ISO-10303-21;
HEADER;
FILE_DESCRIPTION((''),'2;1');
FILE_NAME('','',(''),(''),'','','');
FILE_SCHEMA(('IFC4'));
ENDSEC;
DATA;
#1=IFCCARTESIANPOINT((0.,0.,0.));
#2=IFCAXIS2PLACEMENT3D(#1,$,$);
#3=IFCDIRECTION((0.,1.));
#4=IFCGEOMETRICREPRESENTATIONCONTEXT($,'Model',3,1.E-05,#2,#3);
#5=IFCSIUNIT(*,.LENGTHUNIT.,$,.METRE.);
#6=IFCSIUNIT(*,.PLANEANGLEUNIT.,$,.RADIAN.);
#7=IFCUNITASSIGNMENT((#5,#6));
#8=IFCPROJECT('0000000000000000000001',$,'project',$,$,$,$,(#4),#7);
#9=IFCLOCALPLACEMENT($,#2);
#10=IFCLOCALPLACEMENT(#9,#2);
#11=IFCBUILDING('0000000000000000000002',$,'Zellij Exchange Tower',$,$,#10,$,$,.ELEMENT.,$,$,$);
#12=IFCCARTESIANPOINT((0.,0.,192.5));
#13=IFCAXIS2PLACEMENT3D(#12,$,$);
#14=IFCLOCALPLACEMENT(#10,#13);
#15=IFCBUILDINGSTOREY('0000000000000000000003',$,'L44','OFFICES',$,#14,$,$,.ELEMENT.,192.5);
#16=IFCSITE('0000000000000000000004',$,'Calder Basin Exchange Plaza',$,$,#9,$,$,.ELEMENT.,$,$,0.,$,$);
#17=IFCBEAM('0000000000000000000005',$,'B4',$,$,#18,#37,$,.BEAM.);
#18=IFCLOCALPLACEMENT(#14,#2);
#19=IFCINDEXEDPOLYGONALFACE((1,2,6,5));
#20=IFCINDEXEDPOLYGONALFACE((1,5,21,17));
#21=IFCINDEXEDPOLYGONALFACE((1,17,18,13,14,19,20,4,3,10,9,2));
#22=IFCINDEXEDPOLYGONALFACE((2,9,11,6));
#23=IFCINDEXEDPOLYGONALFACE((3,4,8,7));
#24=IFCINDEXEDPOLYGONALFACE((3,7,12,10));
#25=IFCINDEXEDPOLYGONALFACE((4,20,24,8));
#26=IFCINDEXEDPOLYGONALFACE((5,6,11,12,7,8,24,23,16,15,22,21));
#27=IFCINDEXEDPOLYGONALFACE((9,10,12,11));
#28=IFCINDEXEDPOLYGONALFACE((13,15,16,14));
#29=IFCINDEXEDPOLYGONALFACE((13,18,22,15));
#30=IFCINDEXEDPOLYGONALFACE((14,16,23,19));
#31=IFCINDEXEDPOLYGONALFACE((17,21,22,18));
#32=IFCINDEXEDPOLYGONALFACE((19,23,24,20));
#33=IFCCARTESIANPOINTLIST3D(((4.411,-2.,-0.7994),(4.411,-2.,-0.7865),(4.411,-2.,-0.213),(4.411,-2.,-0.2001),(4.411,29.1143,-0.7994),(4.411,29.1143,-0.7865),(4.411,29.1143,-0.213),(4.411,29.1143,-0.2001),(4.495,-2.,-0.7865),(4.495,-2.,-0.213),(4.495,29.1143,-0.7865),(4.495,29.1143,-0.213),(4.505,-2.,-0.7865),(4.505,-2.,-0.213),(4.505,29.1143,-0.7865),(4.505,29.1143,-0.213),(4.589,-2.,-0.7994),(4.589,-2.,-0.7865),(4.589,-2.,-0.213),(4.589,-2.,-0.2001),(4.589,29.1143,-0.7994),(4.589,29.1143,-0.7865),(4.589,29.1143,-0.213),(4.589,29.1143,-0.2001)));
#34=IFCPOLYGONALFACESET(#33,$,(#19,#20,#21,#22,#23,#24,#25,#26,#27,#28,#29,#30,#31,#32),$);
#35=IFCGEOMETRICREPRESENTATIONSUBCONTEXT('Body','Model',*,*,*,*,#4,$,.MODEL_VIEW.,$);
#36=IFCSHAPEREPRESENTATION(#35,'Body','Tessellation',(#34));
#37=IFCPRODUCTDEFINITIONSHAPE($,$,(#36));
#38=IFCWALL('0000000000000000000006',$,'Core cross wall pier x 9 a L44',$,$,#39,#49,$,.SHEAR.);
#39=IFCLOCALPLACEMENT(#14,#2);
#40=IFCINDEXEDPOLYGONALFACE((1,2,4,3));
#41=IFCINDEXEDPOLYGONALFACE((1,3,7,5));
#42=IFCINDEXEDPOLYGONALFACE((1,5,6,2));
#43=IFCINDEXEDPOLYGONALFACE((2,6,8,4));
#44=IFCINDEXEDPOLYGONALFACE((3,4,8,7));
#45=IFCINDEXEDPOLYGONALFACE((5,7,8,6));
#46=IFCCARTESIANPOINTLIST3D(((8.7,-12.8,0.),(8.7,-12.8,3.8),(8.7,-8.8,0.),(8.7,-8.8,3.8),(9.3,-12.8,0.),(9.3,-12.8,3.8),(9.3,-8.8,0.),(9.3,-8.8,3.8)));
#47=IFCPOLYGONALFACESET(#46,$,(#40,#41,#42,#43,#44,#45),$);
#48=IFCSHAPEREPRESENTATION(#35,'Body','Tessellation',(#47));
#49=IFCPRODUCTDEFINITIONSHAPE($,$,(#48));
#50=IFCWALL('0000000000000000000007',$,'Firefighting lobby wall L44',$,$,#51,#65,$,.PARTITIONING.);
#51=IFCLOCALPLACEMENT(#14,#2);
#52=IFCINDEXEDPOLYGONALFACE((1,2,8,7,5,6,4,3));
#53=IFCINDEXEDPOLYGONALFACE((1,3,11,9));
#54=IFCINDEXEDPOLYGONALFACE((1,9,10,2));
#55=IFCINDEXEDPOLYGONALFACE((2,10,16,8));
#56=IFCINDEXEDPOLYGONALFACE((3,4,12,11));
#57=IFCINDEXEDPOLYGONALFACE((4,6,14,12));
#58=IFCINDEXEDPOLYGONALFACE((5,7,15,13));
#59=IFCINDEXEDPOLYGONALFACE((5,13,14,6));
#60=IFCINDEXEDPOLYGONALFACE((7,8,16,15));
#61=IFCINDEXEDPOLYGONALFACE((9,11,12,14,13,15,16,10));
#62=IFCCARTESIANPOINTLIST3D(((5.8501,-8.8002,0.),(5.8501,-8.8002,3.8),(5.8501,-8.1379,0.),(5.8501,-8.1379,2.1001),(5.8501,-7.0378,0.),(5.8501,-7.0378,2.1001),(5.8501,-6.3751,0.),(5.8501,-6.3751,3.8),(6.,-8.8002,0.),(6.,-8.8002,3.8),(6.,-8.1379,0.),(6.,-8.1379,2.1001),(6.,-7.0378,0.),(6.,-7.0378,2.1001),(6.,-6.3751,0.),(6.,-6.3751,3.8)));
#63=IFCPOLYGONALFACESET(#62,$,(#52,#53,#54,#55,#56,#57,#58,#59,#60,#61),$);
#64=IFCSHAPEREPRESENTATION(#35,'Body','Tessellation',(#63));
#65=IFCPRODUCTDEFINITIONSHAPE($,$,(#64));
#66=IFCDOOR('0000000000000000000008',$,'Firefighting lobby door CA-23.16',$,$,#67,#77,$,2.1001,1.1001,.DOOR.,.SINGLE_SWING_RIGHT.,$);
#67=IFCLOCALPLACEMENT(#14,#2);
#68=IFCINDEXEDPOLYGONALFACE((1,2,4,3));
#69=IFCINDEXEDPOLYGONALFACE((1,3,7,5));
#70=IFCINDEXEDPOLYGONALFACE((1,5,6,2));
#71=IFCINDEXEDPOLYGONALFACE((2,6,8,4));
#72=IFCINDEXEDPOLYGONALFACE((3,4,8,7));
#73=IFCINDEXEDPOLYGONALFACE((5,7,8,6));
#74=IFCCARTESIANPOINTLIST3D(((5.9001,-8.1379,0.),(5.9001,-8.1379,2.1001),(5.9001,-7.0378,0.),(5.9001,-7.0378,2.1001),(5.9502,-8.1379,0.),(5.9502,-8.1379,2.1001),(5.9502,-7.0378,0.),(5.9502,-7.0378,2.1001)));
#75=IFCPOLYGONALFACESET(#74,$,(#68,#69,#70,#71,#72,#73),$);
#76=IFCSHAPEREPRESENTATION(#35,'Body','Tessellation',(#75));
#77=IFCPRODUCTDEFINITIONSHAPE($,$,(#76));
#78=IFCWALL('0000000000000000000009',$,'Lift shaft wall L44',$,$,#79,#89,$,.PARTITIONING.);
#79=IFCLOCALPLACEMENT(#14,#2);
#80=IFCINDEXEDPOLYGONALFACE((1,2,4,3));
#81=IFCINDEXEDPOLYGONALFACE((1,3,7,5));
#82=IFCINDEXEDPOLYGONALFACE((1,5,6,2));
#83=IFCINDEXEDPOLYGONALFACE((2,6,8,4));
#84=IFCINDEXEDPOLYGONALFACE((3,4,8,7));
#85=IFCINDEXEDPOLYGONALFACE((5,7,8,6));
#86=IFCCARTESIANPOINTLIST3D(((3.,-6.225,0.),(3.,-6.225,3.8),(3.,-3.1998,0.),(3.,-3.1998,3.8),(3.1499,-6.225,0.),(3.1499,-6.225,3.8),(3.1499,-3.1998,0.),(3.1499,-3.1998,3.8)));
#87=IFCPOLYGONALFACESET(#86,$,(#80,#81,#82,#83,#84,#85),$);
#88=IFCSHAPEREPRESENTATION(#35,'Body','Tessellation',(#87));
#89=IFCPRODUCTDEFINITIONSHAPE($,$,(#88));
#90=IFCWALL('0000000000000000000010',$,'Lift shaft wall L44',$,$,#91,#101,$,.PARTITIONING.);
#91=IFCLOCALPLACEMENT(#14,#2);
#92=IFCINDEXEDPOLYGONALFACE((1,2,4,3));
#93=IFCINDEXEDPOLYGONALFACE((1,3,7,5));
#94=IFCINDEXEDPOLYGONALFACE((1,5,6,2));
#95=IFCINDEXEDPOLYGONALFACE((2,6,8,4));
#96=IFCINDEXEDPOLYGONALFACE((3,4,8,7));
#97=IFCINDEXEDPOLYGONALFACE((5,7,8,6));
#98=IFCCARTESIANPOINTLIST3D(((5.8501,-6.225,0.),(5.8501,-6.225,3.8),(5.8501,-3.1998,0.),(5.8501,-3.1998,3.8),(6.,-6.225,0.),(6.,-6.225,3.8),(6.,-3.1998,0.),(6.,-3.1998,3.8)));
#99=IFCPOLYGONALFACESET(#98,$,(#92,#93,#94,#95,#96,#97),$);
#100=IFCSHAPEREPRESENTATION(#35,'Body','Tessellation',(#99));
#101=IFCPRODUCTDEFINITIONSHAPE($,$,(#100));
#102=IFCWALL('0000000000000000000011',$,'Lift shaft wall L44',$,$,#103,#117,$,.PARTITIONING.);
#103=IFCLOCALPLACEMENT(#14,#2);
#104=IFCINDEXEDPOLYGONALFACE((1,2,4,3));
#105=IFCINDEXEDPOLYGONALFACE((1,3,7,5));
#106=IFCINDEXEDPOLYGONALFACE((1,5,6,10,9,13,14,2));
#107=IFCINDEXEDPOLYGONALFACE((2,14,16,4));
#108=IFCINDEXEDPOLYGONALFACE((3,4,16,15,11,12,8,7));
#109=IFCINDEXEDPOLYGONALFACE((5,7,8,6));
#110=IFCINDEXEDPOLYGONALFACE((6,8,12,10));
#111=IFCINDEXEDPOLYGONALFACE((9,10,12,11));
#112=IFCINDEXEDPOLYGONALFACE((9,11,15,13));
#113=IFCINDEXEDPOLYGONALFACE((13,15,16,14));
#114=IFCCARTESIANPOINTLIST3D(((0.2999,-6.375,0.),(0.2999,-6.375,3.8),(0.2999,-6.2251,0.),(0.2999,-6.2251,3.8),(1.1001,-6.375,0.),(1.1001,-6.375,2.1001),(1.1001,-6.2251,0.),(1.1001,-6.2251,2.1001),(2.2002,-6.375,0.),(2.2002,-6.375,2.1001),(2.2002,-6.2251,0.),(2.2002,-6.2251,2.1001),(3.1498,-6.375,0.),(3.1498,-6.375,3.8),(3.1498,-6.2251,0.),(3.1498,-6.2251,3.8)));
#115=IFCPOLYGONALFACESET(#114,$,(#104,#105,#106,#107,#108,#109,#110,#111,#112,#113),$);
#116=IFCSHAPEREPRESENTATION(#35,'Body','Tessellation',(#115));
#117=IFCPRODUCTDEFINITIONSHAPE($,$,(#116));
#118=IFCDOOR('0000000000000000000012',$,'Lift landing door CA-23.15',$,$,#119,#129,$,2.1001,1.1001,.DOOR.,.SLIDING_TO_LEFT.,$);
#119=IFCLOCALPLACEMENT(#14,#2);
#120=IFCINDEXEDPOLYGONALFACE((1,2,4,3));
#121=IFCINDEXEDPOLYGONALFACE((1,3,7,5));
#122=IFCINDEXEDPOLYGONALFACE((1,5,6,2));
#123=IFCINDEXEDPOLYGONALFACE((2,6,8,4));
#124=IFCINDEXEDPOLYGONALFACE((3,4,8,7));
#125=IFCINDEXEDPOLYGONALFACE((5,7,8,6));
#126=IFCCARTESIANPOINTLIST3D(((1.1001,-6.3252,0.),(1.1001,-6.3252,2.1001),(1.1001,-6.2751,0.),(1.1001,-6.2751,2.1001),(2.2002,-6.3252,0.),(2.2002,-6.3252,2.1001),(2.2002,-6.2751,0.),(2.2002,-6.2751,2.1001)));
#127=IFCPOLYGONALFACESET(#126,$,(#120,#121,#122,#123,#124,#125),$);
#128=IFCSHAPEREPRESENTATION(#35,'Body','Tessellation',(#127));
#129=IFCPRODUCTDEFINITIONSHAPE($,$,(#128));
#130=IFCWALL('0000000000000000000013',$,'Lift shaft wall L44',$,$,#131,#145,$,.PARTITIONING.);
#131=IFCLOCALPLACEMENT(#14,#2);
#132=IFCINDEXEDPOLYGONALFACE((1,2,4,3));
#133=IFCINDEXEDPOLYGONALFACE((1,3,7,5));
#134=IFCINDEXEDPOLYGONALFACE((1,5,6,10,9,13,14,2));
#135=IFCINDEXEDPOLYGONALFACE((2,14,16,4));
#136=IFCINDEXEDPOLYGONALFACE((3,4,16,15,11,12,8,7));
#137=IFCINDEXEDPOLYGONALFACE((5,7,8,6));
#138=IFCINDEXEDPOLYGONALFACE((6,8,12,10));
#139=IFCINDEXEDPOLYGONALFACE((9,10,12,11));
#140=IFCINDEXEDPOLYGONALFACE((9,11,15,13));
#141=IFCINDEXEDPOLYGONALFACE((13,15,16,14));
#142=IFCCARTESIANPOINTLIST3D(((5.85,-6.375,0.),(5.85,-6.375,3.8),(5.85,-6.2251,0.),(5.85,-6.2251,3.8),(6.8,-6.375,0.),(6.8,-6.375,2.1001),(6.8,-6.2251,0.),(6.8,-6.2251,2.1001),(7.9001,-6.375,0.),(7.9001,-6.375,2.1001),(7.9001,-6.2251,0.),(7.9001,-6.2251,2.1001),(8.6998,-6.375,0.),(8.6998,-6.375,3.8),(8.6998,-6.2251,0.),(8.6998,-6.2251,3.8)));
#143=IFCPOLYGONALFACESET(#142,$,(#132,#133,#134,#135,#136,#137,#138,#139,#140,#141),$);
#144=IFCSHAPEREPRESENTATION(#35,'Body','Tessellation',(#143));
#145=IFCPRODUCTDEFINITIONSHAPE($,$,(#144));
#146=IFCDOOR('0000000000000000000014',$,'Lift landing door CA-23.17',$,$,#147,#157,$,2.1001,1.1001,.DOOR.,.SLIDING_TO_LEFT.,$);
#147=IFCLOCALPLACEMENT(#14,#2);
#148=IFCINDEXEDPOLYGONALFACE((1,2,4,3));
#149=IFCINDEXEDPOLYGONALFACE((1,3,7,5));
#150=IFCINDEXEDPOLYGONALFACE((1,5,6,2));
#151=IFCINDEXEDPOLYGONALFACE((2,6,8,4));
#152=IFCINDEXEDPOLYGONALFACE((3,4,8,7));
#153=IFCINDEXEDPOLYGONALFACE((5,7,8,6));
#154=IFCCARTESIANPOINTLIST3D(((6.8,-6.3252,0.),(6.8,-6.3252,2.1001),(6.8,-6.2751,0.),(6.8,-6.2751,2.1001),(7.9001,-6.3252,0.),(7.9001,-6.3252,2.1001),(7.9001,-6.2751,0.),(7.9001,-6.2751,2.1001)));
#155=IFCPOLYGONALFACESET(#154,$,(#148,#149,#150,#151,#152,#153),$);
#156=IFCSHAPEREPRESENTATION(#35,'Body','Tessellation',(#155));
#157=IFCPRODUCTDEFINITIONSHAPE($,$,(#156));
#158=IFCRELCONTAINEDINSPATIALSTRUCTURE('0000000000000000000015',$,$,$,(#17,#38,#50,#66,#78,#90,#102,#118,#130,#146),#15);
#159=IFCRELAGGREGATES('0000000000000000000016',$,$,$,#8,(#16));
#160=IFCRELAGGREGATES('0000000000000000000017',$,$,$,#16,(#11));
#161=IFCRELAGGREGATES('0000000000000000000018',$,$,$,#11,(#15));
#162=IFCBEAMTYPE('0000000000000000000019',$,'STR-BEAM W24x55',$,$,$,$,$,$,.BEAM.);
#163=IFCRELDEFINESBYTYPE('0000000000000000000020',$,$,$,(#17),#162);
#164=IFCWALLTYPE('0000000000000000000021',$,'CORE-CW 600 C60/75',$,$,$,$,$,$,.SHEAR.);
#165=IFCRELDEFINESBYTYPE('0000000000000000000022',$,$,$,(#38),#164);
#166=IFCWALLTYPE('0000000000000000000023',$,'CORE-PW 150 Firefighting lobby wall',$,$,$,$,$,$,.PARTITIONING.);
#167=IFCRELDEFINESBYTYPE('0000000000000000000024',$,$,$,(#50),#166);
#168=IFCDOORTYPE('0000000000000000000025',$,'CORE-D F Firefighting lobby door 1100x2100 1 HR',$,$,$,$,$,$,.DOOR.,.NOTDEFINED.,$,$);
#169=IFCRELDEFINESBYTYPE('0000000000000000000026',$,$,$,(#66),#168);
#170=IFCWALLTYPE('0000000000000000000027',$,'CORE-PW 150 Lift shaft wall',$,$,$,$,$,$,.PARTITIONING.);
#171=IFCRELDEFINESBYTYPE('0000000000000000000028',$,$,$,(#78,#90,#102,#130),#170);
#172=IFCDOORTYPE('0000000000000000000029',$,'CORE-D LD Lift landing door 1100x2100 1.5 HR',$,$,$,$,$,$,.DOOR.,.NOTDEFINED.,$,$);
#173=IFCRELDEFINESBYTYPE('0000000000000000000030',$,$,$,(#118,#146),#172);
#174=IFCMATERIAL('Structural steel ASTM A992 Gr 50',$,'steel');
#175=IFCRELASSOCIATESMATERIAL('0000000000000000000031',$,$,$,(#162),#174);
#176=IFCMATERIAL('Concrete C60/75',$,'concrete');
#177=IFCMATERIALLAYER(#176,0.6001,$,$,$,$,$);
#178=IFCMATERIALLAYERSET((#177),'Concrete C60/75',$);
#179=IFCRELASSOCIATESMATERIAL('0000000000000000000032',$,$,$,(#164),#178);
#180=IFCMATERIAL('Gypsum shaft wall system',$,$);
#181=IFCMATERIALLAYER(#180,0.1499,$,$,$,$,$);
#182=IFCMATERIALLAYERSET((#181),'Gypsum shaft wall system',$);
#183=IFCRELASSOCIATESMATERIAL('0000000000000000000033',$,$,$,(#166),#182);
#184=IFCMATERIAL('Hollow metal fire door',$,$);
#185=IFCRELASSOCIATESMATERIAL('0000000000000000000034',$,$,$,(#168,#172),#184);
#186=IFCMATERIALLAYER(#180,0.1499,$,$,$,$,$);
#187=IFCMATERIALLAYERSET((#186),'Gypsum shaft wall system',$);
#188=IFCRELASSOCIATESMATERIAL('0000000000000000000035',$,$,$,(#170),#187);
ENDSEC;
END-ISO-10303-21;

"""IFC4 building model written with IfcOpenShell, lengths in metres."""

from ifc_helpers import new_model, si_unit, direction, frame, frame_2d, origin, origin_2d, place, context, subcontext, project, spatial, rectangle, i_section, extrude, material, layer, layer_set, material_profile, profile_set, type_object, element, fill, save


model = new_model("IFC4")

# Units and contexts
model_context = context("Model", 3, precision=1e-05, world=origin(), true_north=direction((0.0, 1.0)))
body_context = subcontext(model_context, "Body", "Model", "MODEL_VIEW")
ifc_project = project(units=[si_unit("LENGTHUNIT", "METRE"), si_unit("PLANEANGLEUNIT", "RADIAN")], contexts=[model_context])

# Site, building, storey
site_placement = place(None, origin())
site = spatial("IfcSite", under=ifc_project, at=site_placement, Name="Calder Basin Exchange Plaza", CompositionType="ELEMENT", RefElevation=0.0)
building_placement = place(site_placement, origin())
building = spatial("IfcBuilding", under=site, at=building_placement, Name="Zellij Exchange Tower", CompositionType="ELEMENT")
storey_placement = place(building_placement, frame((0.0, 0.0, 192.5)))
storey = spatial("IfcBuildingStorey", under=building, at=storey_placement, Name="L44", Description="OFFICES", CompositionType="ELEMENT", Elevation=192.5)

# Beam
ifc_material_1 = material(Name="Structural steel ASTM A992 Gr 50", Category="steel")
ifc_material_profile = material_profile(ifc_material_1, i_section(OverallWidth=0.178, OverallDepth=0.5994, WebThickness=0.01, FlangeThickness=0.0129, at=origin_2d()), Name="W24x55")
ifc_profile_set = profile_set([ifc_material_profile], Name="Structural steel ASTM A992 Gr 50")
beam_type = type_object("IfcBeamType", Name="STR-BEAM W24x55", PredefinedType="BEAM", material=ifc_profile_set)
beam_placement = place(storey_placement, frame((4.5, -2.0, -0.4998), z_axis=(0.0, 1.0, 0.0), x_axis=(-1.0, 0.0, 0.0)))
element("IfcBeam", 1, at=beam_placement, inside=storey, type_object=beam_type, Name="B4", PredefinedType="BEAM", context=body_context, shape_type="SweptSolid", body=[
    extrude(i_section(OverallWidth=0.178, OverallDepth=0.5994, WebThickness=0.01, FlangeThickness=0.0129, at=origin_2d()), origin(), (0.0, 0.0, 1.0), 31.1143),
])

# Wall
ifc_material_2 = material(Name="Concrete C60/75", Category="concrete")
ifc_layer_1 = layer(ifc_material_2, 0.6001)
ifc_layer_set_1 = layer_set([ifc_layer_1], Name="Concrete C60/75")
wall_type_1 = type_object("IfcWallType", Name="CORE-CW 600 C60/75", PredefinedType="SHEAR", material=ifc_layer_set_1)
wall_1_placement = place(storey_placement, frame((9.0, -12.8, 0.0), z_axis=(0.0, 0.0, 1.0), x_axis=(0.0, 1.0, 0.0)))
element("IfcWall", 2, at=wall_1_placement, inside=storey, type_object=wall_type_1, Name="Core cross wall pier x 9 a L44", PredefinedType="SHEAR", context=body_context, shape_type="SweptSolid", body=[
    extrude(rectangle(XDim=4.0, YDim=0.6001, at=frame_2d((2.0, 0.0))), origin(), (0.0, 0.0, 1.0), 3.8),
])

# Wall, opening, door
ifc_material_3 = material(Name="Gypsum shaft wall system")
ifc_layer_2 = layer(ifc_material_3, 0.1499)
ifc_layer_set_2 = layer_set([ifc_layer_2], Name="Gypsum shaft wall system")
wall_type_2 = type_object("IfcWallType", Name="CORE-PW 150 Firefighting lobby wall", PredefinedType="PARTITIONING", material=ifc_layer_set_2)
wall_2_placement = place(storey_placement, frame((5.925, -8.8, 0.0), z_axis=(0.0, 0.0, 1.0), x_axis=(0.0, 1.0, 0.0)))
wall_2 = element("IfcWall", 3, at=wall_2_placement, inside=storey, type_object=wall_type_2, Name="Firefighting lobby wall L44", PredefinedType="PARTITIONING", context=body_context, shape_type="SweptSolid", body=[
    extrude(rectangle(XDim=2.425, YDim=0.1499, at=frame_2d((1.2124, 0.0))), origin(), (0.0, 0.0, 1.0), 3.8),
])
opening_1_placement = place(wall_2_placement, frame((0.6621, 0.0, 0.0)))
opening_1 = element("IfcOpeningElement", 4, at=opening_1_placement, cuts=wall_2, PredefinedType="OPENING", context=body_context, shape_type="SweptSolid", body=[
    extrude(rectangle(XDim=1.1001, YDim=2.1001, at=frame_2d((0.55, 1.05))), frame((0.0, 0.0869, 0.0), z_axis=(0.0, -1.0, 0.0), x_axis=(1.0, 0.0, 0.0)), (0.0, 0.0, 1.0), 0.1738),
])
ifc_material_4 = material(Name="Hollow metal fire door")
door_type_1 = type_object("IfcDoorType", Name="CORE-D F Firefighting lobby door 1100x2100 1 HR", OperationType="NOTDEFINED", PredefinedType="DOOR", material=ifc_material_4)
door_1_placement = place(opening_1_placement, origin())
door_1 = element("IfcDoor", 5, at=door_1_placement, inside=storey, type_object=door_type_1, Name="Firefighting lobby door CA-23.16", OperationType="SINGLE_SWING_RIGHT", OverallHeight=2.1001, OverallWidth=1.1001, PredefinedType="DOOR", context=body_context, shape_type="SweptSolid", body=[
    extrude(rectangle(XDim=1.1001, YDim=2.1001, at=frame_2d((0.55, 1.05))), frame((0.0, 0.0249, 0.0), z_axis=(0.0, -1.0, 0.0), x_axis=(1.0, 0.0, 0.0)), (0.0, 0.0, 1.0), 0.05),
])
fill(opening_1, door_1)

# Walls
ifc_layer_3 = layer(ifc_material_3, 0.1499)
ifc_layer_set_3 = layer_set([ifc_layer_3], Name="Gypsum shaft wall system")
wall_type_3 = type_object("IfcWallType", Name="CORE-PW 150 Lift shaft wall", PredefinedType="PARTITIONING", material=ifc_layer_set_3)
for number, where, z_axis, x_axis, name in (
    (6, (3.075, -6.2251, 0.0), (0.0, 0.0, 1.0), (0.0, 1.0, 0.0), "Lift shaft wall L44"),
    (7, (5.925, -6.2251, 0.0), (0.0, 0.0, 1.0), (0.0, 1.0, 0.0), "Lift shaft wall L44"),
):
    element("IfcWall", number, at=place(storey_placement, frame(where, z_axis=z_axis, x_axis=x_axis)), inside=storey, type_object=wall_type_3, Name=name, PredefinedType="PARTITIONING", context=body_context, shape_type="SweptSolid", body=[
        extrude(rectangle(XDim=3.0251, YDim=0.1499, at=frame_2d((1.5127, 0.0))), origin(), (0.0, 0.0, 1.0), 3.8),
    ])

# Walls, openings, doors
wall_3_placement = place(storey_placement, frame((0.3, -6.3, 0.0), z_axis=(0.0, 0.0, 1.0), x_axis=(1.0, 0.0, 0.0)))
wall_3 = element("IfcWall", 8, at=wall_3_placement, inside=storey, type_object=wall_type_3, Name="Lift shaft wall L44", PredefinedType="PARTITIONING", context=body_context, shape_type="SweptSolid", body=[
    extrude(rectangle(XDim=2.8499, YDim=0.1499, at=frame_2d((1.4248, 0.0))), origin(), (0.0, 0.0, 1.0), 3.8),
])
opening_2_placement = place(wall_3_placement, frame((0.8, 0.0, 0.0)))
opening_2 = element("IfcOpeningElement", 9, at=opening_2_placement, cuts=wall_3, PredefinedType="OPENING", context=body_context, shape_type="SweptSolid", body=[
    extrude(rectangle(XDim=1.1001, YDim=2.1001, at=frame_2d((0.55, 1.05))), frame((0.0, 0.0869, 0.0), z_axis=(0.0, -1.0, 0.0), x_axis=(1.0, 0.0, 0.0)), (0.0, 0.0, 1.0), 0.1738),
])
door_type_2 = type_object("IfcDoorType", Name="CORE-D LD Lift landing door 1100x2100 1.5 HR", OperationType="NOTDEFINED", PredefinedType="DOOR", material=ifc_material_4)
door_2_placement = place(opening_2_placement, origin())
door_2 = element("IfcDoor", 10, at=door_2_placement, inside=storey, type_object=door_type_2, Name="Lift landing door CA-23.15", OperationType="SLIDING_TO_LEFT", OverallHeight=2.1001, OverallWidth=1.1001, PredefinedType="DOOR", context=body_context, shape_type="SweptSolid", body=[
    extrude(rectangle(XDim=1.1001, YDim=2.1001, at=frame_2d((0.55, 1.05))), frame((0.0, 0.0249, 0.0), z_axis=(0.0, -1.0, 0.0), x_axis=(1.0, 0.0, 0.0)), (0.0, 0.0, 1.0), 0.05),
])
fill(opening_2, door_2)
wall_4_placement = place(storey_placement, frame((5.8501, -6.3, 0.0), z_axis=(0.0, 0.0, 1.0), x_axis=(1.0, 0.0, 0.0)))
wall_4 = element("IfcWall", 11, at=wall_4_placement, inside=storey, type_object=wall_type_3, Name="Lift shaft wall L44", PredefinedType="PARTITIONING", context=body_context, shape_type="SweptSolid", body=[
    extrude(rectangle(XDim=2.8499, YDim=0.1499, at=frame_2d((1.4248, 0.0))), origin(), (0.0, 0.0, 1.0), 3.8),
])
opening_3_placement = place(wall_4_placement, frame((0.95, 0.0, 0.0)))
opening_3 = element("IfcOpeningElement", 12, at=opening_3_placement, cuts=wall_4, PredefinedType="OPENING", context=body_context, shape_type="SweptSolid", body=[
    extrude(rectangle(XDim=1.1001, YDim=2.1001, at=frame_2d((0.55, 1.05))), frame((0.0, 0.0869, 0.0), z_axis=(0.0, -1.0, 0.0), x_axis=(1.0, 0.0, 0.0)), (0.0, 0.0, 1.0), 0.1738),
])
door_3_placement = place(opening_3_placement, origin())
door_3 = element("IfcDoor", 13, at=door_3_placement, inside=storey, type_object=door_type_2, Name="Lift landing door CA-23.17", OperationType="SLIDING_TO_LEFT", OverallHeight=2.1001, OverallWidth=1.1001, PredefinedType="DOOR", context=body_context, shape_type="SweptSolid", body=[
    extrude(rectangle(XDim=1.1001, YDim=2.1001, at=frame_2d((0.55, 1.05))), frame((0.0, 0.0249, 0.0), z_axis=(0.0, -1.0, 0.0), x_axis=(1.0, 0.0, 0.0)), (0.0, 0.0, 1.0), 0.05),
])
fill(opening_3, door_3)

save(model, "model.ifc")
